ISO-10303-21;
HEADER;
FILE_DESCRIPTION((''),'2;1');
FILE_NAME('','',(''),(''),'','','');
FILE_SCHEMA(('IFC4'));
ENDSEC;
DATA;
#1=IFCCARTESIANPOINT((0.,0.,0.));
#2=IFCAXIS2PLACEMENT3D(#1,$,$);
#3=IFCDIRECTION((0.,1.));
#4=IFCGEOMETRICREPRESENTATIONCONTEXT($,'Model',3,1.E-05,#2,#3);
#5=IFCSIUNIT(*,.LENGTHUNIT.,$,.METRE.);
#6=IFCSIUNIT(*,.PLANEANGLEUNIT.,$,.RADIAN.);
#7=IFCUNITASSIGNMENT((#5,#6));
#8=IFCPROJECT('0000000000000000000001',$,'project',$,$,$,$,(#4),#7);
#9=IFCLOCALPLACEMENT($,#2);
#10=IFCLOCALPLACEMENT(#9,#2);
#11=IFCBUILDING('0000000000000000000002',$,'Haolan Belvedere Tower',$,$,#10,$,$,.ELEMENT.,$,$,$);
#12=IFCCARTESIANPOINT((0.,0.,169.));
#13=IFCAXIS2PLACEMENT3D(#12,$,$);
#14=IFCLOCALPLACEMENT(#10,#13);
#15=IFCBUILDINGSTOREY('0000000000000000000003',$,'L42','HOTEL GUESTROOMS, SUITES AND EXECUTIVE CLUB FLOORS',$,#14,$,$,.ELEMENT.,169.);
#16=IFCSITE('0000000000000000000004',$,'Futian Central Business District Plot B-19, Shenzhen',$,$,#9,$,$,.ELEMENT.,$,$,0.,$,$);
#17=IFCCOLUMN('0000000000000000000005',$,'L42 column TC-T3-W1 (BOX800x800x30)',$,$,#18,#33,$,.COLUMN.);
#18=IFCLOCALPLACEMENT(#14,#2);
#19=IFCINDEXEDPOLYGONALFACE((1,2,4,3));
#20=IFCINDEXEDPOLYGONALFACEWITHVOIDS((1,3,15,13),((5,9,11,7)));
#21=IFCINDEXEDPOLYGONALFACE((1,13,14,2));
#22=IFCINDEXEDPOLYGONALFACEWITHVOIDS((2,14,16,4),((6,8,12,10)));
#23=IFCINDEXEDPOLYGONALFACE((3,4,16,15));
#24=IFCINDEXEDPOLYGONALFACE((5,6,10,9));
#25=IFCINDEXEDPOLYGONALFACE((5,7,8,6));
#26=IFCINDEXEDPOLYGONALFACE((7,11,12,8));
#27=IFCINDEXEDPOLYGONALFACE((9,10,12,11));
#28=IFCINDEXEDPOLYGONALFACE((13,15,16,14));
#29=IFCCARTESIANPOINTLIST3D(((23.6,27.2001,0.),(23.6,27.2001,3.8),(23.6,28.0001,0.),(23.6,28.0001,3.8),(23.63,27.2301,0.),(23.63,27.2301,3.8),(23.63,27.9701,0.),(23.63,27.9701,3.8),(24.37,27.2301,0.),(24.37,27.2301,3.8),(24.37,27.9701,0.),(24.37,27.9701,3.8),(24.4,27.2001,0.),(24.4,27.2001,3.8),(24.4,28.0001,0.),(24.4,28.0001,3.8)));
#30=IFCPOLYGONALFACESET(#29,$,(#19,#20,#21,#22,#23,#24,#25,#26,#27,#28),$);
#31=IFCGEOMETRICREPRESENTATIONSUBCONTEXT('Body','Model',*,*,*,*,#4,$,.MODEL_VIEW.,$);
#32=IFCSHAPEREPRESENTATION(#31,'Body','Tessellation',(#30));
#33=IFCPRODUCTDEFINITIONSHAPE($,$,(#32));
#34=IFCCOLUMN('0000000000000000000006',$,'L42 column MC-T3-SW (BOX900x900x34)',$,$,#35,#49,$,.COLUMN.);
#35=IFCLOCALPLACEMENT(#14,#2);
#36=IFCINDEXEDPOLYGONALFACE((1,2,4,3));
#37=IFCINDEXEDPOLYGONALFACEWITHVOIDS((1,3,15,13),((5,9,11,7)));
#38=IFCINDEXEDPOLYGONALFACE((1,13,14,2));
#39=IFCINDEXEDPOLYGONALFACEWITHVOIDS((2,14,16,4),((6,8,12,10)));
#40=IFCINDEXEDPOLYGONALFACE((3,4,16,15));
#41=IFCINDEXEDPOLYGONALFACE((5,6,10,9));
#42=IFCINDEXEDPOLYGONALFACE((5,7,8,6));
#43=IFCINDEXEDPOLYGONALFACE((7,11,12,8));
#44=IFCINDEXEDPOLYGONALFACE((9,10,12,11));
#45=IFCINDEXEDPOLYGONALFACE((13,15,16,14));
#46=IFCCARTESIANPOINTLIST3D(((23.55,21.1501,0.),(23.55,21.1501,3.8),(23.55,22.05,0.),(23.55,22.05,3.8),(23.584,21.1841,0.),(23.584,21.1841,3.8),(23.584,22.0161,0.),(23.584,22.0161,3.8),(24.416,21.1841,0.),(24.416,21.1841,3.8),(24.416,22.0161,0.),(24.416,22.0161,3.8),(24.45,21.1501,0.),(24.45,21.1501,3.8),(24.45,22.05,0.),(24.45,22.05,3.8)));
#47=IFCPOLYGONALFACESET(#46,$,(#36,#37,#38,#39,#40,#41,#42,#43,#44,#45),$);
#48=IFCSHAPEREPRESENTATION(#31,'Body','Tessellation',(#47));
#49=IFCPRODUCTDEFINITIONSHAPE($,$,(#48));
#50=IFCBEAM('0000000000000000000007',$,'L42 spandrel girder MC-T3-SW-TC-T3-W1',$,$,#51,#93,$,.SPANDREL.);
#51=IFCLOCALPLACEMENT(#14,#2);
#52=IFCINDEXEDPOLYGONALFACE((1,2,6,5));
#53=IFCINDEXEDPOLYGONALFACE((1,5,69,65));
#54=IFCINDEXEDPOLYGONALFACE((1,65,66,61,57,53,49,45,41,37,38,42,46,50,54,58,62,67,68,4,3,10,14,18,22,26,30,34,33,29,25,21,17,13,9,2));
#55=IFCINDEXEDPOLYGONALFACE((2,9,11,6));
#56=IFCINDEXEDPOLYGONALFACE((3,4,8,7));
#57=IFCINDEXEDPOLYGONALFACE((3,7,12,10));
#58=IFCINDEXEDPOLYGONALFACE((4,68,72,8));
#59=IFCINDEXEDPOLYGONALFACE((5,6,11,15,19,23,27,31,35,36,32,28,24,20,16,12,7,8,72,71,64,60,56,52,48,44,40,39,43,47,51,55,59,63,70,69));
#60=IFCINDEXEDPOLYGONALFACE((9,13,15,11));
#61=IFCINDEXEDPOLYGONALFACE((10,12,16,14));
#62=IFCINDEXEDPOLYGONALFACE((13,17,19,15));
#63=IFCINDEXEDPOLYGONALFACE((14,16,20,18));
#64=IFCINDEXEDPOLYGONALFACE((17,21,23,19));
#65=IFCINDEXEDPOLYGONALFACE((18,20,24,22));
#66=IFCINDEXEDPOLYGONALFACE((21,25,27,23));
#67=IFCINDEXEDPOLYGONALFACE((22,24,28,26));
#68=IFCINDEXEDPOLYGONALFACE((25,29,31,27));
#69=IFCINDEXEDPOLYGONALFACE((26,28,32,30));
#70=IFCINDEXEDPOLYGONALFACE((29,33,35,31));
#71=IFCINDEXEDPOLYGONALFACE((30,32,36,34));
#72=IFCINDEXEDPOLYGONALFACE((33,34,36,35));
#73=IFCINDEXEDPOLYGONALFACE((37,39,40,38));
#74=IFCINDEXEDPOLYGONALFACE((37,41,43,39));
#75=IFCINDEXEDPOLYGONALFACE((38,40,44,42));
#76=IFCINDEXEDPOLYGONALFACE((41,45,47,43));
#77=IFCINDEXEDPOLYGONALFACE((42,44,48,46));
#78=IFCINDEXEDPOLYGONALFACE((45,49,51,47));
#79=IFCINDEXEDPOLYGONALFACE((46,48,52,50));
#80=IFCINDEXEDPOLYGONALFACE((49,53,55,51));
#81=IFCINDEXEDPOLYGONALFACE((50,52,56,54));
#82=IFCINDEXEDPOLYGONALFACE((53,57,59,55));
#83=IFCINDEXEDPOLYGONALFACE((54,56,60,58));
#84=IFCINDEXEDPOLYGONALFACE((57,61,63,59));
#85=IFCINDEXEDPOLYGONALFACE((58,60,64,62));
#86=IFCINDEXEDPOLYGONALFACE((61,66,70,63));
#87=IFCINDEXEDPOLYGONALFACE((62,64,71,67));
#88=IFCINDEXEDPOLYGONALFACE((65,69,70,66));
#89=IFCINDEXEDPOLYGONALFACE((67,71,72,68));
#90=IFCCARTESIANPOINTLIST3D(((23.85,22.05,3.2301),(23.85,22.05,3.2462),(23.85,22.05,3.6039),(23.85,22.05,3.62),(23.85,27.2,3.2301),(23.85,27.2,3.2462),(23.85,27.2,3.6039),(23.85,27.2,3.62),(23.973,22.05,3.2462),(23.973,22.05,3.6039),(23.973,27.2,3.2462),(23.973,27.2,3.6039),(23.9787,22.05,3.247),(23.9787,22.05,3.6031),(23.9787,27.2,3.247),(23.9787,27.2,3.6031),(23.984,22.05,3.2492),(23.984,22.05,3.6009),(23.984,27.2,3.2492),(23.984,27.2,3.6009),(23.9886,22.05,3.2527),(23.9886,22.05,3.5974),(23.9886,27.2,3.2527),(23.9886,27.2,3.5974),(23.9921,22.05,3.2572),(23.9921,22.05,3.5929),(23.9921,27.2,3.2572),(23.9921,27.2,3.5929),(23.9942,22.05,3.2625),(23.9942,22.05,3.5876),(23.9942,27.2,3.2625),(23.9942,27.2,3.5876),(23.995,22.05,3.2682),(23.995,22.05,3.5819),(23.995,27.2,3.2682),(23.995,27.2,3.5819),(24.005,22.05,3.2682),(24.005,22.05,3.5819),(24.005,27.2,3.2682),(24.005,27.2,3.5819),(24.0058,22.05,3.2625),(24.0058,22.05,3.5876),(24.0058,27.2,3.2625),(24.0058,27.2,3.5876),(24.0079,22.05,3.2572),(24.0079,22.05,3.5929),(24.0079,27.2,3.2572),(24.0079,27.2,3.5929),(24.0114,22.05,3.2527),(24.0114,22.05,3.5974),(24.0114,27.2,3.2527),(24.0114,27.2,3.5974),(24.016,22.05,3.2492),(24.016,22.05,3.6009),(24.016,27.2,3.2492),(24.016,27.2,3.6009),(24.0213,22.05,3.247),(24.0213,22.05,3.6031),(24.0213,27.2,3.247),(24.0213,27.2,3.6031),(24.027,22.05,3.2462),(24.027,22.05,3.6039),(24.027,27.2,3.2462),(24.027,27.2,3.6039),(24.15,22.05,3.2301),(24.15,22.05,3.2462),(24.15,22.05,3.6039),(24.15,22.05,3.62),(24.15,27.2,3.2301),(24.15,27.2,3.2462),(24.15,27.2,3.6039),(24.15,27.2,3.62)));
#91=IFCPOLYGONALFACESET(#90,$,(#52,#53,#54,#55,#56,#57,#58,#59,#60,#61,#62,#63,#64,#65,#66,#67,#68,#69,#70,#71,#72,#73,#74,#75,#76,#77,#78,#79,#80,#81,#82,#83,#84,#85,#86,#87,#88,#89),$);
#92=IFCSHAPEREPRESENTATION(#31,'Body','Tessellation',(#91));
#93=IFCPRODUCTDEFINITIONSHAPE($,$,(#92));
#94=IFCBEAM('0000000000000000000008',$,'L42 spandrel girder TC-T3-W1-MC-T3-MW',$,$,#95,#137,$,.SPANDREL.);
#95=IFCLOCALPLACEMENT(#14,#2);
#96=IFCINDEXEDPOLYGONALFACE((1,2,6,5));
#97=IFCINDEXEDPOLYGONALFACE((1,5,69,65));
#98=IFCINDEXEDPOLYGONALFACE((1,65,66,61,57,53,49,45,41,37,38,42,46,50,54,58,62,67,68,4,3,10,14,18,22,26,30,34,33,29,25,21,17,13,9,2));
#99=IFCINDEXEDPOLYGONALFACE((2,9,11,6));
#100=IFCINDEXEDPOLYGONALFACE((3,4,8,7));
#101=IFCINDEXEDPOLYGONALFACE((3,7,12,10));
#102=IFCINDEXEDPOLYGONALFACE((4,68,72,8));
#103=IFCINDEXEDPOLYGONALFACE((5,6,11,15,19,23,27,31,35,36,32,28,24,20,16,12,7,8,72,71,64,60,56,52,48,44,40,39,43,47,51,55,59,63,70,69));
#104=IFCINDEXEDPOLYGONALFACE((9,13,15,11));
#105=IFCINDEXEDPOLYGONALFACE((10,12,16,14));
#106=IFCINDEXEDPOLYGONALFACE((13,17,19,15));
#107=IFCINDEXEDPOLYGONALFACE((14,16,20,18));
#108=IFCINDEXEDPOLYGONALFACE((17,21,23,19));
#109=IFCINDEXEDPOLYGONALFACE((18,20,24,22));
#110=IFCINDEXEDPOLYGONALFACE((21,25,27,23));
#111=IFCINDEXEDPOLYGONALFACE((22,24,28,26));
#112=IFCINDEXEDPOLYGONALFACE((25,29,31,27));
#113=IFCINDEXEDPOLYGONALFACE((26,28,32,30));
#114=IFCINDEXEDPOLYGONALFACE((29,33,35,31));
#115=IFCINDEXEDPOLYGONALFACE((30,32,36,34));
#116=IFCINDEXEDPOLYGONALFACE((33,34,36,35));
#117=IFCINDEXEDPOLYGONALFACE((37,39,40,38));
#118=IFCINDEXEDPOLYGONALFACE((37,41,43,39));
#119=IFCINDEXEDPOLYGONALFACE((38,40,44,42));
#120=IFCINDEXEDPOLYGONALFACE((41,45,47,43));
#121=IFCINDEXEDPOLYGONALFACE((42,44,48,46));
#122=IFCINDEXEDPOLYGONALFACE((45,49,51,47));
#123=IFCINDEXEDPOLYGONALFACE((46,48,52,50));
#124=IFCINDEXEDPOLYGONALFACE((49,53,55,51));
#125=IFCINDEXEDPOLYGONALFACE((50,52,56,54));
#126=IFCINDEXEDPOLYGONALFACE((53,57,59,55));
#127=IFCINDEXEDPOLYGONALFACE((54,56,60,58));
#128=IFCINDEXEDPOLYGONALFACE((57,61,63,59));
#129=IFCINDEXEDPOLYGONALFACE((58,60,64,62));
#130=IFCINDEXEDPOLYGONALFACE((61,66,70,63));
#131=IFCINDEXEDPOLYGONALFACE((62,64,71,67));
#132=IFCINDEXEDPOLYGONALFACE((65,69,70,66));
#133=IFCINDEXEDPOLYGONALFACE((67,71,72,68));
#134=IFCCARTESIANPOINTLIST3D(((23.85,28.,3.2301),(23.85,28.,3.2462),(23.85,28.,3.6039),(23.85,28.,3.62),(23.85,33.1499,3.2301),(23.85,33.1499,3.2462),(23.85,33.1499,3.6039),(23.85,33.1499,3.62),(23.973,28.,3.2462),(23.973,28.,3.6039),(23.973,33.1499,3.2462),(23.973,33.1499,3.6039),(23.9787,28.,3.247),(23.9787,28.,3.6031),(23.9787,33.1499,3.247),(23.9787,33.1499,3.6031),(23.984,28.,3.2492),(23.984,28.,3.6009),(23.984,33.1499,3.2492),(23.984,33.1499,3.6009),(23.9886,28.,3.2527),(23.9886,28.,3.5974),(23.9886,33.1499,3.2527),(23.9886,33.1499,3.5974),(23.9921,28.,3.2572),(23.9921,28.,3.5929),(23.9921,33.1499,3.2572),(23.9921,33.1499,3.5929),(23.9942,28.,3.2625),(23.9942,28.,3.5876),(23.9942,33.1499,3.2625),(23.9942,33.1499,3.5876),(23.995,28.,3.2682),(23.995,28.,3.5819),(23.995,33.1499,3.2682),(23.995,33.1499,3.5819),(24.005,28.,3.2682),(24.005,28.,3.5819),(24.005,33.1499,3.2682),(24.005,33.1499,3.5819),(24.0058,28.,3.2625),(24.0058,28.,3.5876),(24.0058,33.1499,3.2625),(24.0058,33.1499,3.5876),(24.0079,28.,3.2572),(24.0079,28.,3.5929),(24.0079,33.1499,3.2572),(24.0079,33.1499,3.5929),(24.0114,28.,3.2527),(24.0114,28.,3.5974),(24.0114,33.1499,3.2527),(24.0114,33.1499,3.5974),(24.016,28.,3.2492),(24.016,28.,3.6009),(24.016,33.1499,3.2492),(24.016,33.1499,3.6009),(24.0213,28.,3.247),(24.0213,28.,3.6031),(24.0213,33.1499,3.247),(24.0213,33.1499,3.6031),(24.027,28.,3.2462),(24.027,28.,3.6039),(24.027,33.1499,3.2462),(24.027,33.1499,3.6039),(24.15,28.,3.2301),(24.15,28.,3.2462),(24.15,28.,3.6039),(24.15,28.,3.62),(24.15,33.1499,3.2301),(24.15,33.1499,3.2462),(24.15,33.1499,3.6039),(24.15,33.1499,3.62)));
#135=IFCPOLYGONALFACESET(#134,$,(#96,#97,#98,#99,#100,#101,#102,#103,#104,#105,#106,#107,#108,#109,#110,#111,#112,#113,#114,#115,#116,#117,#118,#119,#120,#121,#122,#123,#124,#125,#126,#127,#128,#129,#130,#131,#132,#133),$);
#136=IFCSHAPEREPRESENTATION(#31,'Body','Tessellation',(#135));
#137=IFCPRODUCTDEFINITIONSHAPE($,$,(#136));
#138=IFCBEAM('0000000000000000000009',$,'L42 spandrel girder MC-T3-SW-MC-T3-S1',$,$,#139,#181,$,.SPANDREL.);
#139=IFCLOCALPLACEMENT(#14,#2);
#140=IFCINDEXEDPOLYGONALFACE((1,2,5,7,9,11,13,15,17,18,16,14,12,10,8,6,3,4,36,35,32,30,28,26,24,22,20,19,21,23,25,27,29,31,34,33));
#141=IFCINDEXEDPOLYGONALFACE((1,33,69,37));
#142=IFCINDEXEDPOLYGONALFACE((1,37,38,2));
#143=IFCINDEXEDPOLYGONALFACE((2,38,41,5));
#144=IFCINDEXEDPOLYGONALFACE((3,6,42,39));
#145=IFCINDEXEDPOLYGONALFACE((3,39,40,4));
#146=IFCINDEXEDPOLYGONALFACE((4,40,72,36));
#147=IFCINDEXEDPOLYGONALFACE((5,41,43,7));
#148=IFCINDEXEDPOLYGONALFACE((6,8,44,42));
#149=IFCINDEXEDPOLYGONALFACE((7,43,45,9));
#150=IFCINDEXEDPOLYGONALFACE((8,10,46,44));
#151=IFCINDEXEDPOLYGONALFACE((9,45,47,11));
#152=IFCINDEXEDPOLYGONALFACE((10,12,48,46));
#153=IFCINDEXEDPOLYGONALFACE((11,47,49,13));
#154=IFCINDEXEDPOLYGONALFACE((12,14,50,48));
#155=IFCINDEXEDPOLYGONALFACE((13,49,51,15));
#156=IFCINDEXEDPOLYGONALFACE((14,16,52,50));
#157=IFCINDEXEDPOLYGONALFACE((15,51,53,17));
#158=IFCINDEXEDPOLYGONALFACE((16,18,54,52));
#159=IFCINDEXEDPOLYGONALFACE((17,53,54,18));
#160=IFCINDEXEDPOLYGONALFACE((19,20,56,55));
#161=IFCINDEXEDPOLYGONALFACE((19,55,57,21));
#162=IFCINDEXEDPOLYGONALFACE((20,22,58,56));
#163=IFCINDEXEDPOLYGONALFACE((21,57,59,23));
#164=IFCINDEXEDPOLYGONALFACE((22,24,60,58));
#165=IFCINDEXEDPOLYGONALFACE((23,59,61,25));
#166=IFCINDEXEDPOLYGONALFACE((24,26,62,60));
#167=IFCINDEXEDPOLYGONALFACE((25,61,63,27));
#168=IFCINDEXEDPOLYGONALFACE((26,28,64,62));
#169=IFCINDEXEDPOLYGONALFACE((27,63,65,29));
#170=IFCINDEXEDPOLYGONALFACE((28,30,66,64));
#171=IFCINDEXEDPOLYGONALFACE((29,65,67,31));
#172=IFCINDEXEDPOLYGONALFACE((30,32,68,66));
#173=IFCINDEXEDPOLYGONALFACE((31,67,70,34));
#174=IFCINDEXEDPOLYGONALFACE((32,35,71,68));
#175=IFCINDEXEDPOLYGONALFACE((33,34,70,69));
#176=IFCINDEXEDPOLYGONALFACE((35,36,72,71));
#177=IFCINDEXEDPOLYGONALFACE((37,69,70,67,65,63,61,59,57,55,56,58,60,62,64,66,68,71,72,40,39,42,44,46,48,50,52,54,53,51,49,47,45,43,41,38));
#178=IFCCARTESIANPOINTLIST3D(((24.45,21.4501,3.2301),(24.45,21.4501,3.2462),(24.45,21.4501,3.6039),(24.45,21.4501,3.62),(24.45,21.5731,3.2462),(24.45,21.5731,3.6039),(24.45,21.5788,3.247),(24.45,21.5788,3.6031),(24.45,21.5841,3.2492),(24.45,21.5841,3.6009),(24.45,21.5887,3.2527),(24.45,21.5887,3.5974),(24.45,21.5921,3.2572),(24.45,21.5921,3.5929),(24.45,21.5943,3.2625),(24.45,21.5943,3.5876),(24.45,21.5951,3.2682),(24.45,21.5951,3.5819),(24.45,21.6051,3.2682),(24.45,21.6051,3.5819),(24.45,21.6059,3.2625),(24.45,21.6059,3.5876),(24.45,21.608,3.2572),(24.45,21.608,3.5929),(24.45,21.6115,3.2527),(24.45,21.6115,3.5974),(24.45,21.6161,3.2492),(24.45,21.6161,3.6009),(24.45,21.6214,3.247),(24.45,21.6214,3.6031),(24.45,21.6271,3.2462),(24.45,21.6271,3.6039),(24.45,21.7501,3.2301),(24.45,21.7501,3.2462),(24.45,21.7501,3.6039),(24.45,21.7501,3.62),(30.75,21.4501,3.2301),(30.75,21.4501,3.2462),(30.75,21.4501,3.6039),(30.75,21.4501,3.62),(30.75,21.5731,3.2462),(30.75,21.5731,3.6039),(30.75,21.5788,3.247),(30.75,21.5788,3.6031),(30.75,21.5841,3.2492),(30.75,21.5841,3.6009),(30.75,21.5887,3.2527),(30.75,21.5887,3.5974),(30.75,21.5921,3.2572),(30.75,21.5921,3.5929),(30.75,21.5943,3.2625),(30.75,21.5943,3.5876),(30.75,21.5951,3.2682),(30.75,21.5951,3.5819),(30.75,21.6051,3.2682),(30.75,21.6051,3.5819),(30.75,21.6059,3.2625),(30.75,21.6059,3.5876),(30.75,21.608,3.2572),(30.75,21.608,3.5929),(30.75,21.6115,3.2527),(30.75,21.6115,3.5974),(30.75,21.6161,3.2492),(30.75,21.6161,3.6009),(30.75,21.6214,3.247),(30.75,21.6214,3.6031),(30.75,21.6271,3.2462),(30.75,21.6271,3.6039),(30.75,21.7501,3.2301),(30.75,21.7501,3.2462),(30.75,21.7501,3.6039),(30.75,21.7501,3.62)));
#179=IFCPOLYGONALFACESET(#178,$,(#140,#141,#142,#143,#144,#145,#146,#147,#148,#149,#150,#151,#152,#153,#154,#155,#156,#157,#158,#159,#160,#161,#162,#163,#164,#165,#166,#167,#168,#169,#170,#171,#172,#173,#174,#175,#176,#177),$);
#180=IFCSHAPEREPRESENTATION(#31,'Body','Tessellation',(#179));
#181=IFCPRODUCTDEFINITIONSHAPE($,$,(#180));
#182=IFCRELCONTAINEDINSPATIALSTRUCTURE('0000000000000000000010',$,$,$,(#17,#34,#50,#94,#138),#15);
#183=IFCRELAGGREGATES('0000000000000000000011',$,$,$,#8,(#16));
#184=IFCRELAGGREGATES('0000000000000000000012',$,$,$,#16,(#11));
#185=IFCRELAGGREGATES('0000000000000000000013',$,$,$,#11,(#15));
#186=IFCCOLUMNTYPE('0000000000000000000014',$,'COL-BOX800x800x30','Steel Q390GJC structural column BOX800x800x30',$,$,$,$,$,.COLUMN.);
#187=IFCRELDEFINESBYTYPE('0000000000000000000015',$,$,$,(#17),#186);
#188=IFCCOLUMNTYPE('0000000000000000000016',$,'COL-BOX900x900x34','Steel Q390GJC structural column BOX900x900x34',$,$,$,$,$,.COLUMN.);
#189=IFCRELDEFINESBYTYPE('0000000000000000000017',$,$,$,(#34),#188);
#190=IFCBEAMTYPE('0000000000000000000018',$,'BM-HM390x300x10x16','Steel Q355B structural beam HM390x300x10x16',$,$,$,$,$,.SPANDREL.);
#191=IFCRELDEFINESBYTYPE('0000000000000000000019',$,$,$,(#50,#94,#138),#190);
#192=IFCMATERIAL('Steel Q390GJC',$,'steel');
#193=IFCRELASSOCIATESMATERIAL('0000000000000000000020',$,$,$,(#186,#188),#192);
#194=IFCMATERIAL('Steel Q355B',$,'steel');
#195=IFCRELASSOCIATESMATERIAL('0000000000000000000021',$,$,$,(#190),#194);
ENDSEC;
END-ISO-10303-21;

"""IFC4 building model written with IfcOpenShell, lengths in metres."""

from ifc_helpers import new_model, si_unit, direction, frame, origin, origin_2d, place, context, subcontext, project, spatial, hollow_rectangle, i_section, extrude, material, material_profile, profile_set, type_object, element, save


model = new_model("IFC4")

# Units and contexts
model_context = context("Model", 3, precision=1e-05, world=origin(), true_north=direction((0.0, 1.0)))
body_context = subcontext(model_context, "Body", "Model", "MODEL_VIEW")
ifc_project = project(units=[si_unit("LENGTHUNIT", "METRE"), si_unit("PLANEANGLEUNIT", "RADIAN")], contexts=[model_context])

# Site, building, storey
site_placement = place(None, origin())
site = spatial("IfcSite", under=ifc_project, at=site_placement, Name="Futian Central Business District Plot B-19, Shenzhen", CompositionType="ELEMENT", RefElevation=0.0)
building_placement = place(site_placement, origin())
building = spatial("IfcBuilding", under=site, at=building_placement, Name="Haolan Belvedere Tower", CompositionType="ELEMENT")
storey_placement = place(building_placement, frame((0.0, 0.0, 169.0)))
storey = spatial("IfcBuildingStorey", under=building, at=storey_placement, Name="L42", Description="HOTEL GUESTROOMS, SUITES AND EXECUTIVE CLUB FLOORS", CompositionType="ELEMENT", Elevation=169.0)

# Columns
ifc_material_1 = material(Name="Steel Q390GJC", Category="steel")
ifc_material_profile_1 = material_profile(ifc_material_1, hollow_rectangle(XDim=0.8, YDim=0.8, WallThickness=0.03, at=origin_2d()), Name="Steel Q390GJC")
ifc_profile_set_1 = profile_set([ifc_material_profile_1], Name="Steel Q390GJC")
column_type_1 = type_object("IfcColumnType", Name="COL-BOX800x800x30", Description="Steel Q390GJC structural column BOX800x800x30", PredefinedType="COLUMN", material=ifc_profile_set_1)
column_1_placement = place(storey_placement, frame((24.0, 27.6001, 0.0), z_axis=(0.0, 0.0, 1.0), x_axis=(1.0, 0.0, 0.0)))
element("IfcColumn", 1, at=column_1_placement, inside=storey, type_object=column_type_1, Name="L42 column TC-T3-W1 (BOX800x800x30)", PredefinedType="COLUMN", context=body_context, shape_type="SweptSolid", body=[
    extrude(hollow_rectangle(XDim=0.8, YDim=0.8, WallThickness=0.03, at=origin_2d()), origin(), (0.0, 0.0, 1.0), 3.8),
])
ifc_material_profile_2 = material_profile(ifc_material_1, hollow_rectangle(XDim=0.8999, YDim=0.8999, WallThickness=0.0339, at=origin_2d()), Name="Steel Q390GJC")
ifc_profile_set_2 = profile_set([ifc_material_profile_2], Name="Steel Q390GJC")
column_type_2 = type_object("IfcColumnType", Name="COL-BOX900x900x34", Description="Steel Q390GJC structural column BOX900x900x34", PredefinedType="COLUMN", material=ifc_profile_set_2)
column_2_placement = place(storey_placement, frame((24.0, 21.6001, 0.0), z_axis=(0.0, 0.0, 1.0), x_axis=(1.0, 0.0, 0.0)))
element("IfcColumn", 2, at=column_2_placement, inside=storey, type_object=column_type_2, Name="L42 column MC-T3-SW (BOX900x900x34)", PredefinedType="COLUMN", context=body_context, shape_type="SweptSolid", body=[
    extrude(hollow_rectangle(XDim=0.8999, YDim=0.8999, WallThickness=0.0339, at=origin_2d()), origin(), (0.0, 0.0, 1.0), 3.8),
])

# Beams
ifc_material_2 = material(Name="Steel Q355B", Category="steel")
ifc_material_profile_3 = material_profile(ifc_material_2, i_section(OverallWidth=0.3, OverallDepth=0.3899, WebThickness=0.01, FlangeThickness=0.0161, FilletRadius=0.022, at=origin_2d()), Name="Steel Q355B")
ifc_profile_set_3 = profile_set([ifc_material_profile_3], Name="Steel Q355B")
beam_type_1 = type_object("IfcBeamType", Name="BM-HM390x300x10x16", Description="Steel Q355B structural beam HM390x300x10x16", PredefinedType="SPANDREL", material=ifc_profile_set_3)
for number, where, z_axis, x_axis, name in (
    (3, (24.0, 22.05, 3.425), (0.0, 1.0, 0.0), (-1.0, 0.0, 0.0), "L42 spandrel girder MC-T3-SW-TC-T3-W1"),
    (4, (24.0, 28.0, 3.425), (0.0, 1.0, 0.0), (-1.0, 0.0, 0.0), "L42 spandrel girder TC-T3-W1-MC-T3-MW"),
):
    element("IfcBeam", number, at=place(storey_placement, frame(where, z_axis=z_axis, x_axis=x_axis)), inside=storey, type_object=beam_type_1, Name=name, PredefinedType="SPANDREL", context=body_context, shape_type="SweptSolid", body=[
        extrude(i_section(OverallWidth=0.3, OverallDepth=0.3899, WebThickness=0.01, FlangeThickness=0.0161, FilletRadius=0.022, at=origin_2d()), origin(), (0.0, 0.0, 1.0), 5.1499),
    ])
beam_1_placement = place(storey_placement, frame((24.45, 21.6001, 3.425), z_axis=(1.0, 0.0, 0.0), x_axis=(0.0, 1.0, 0.0)))
element("IfcBeam", 5, at=beam_1_placement, inside=storey, type_object=beam_type_1, Name="L42 spandrel girder MC-T3-SW-MC-T3-S1", PredefinedType="SPANDREL", context=body_context, shape_type="SweptSolid", body=[
    extrude(i_section(OverallWidth=0.3, OverallDepth=0.3899, WebThickness=0.01, FlangeThickness=0.0161, FilletRadius=0.022, at=origin_2d()), origin(), (0.0, 0.0, 1.0), 6.3),
])

save(model, "model.ifc")
